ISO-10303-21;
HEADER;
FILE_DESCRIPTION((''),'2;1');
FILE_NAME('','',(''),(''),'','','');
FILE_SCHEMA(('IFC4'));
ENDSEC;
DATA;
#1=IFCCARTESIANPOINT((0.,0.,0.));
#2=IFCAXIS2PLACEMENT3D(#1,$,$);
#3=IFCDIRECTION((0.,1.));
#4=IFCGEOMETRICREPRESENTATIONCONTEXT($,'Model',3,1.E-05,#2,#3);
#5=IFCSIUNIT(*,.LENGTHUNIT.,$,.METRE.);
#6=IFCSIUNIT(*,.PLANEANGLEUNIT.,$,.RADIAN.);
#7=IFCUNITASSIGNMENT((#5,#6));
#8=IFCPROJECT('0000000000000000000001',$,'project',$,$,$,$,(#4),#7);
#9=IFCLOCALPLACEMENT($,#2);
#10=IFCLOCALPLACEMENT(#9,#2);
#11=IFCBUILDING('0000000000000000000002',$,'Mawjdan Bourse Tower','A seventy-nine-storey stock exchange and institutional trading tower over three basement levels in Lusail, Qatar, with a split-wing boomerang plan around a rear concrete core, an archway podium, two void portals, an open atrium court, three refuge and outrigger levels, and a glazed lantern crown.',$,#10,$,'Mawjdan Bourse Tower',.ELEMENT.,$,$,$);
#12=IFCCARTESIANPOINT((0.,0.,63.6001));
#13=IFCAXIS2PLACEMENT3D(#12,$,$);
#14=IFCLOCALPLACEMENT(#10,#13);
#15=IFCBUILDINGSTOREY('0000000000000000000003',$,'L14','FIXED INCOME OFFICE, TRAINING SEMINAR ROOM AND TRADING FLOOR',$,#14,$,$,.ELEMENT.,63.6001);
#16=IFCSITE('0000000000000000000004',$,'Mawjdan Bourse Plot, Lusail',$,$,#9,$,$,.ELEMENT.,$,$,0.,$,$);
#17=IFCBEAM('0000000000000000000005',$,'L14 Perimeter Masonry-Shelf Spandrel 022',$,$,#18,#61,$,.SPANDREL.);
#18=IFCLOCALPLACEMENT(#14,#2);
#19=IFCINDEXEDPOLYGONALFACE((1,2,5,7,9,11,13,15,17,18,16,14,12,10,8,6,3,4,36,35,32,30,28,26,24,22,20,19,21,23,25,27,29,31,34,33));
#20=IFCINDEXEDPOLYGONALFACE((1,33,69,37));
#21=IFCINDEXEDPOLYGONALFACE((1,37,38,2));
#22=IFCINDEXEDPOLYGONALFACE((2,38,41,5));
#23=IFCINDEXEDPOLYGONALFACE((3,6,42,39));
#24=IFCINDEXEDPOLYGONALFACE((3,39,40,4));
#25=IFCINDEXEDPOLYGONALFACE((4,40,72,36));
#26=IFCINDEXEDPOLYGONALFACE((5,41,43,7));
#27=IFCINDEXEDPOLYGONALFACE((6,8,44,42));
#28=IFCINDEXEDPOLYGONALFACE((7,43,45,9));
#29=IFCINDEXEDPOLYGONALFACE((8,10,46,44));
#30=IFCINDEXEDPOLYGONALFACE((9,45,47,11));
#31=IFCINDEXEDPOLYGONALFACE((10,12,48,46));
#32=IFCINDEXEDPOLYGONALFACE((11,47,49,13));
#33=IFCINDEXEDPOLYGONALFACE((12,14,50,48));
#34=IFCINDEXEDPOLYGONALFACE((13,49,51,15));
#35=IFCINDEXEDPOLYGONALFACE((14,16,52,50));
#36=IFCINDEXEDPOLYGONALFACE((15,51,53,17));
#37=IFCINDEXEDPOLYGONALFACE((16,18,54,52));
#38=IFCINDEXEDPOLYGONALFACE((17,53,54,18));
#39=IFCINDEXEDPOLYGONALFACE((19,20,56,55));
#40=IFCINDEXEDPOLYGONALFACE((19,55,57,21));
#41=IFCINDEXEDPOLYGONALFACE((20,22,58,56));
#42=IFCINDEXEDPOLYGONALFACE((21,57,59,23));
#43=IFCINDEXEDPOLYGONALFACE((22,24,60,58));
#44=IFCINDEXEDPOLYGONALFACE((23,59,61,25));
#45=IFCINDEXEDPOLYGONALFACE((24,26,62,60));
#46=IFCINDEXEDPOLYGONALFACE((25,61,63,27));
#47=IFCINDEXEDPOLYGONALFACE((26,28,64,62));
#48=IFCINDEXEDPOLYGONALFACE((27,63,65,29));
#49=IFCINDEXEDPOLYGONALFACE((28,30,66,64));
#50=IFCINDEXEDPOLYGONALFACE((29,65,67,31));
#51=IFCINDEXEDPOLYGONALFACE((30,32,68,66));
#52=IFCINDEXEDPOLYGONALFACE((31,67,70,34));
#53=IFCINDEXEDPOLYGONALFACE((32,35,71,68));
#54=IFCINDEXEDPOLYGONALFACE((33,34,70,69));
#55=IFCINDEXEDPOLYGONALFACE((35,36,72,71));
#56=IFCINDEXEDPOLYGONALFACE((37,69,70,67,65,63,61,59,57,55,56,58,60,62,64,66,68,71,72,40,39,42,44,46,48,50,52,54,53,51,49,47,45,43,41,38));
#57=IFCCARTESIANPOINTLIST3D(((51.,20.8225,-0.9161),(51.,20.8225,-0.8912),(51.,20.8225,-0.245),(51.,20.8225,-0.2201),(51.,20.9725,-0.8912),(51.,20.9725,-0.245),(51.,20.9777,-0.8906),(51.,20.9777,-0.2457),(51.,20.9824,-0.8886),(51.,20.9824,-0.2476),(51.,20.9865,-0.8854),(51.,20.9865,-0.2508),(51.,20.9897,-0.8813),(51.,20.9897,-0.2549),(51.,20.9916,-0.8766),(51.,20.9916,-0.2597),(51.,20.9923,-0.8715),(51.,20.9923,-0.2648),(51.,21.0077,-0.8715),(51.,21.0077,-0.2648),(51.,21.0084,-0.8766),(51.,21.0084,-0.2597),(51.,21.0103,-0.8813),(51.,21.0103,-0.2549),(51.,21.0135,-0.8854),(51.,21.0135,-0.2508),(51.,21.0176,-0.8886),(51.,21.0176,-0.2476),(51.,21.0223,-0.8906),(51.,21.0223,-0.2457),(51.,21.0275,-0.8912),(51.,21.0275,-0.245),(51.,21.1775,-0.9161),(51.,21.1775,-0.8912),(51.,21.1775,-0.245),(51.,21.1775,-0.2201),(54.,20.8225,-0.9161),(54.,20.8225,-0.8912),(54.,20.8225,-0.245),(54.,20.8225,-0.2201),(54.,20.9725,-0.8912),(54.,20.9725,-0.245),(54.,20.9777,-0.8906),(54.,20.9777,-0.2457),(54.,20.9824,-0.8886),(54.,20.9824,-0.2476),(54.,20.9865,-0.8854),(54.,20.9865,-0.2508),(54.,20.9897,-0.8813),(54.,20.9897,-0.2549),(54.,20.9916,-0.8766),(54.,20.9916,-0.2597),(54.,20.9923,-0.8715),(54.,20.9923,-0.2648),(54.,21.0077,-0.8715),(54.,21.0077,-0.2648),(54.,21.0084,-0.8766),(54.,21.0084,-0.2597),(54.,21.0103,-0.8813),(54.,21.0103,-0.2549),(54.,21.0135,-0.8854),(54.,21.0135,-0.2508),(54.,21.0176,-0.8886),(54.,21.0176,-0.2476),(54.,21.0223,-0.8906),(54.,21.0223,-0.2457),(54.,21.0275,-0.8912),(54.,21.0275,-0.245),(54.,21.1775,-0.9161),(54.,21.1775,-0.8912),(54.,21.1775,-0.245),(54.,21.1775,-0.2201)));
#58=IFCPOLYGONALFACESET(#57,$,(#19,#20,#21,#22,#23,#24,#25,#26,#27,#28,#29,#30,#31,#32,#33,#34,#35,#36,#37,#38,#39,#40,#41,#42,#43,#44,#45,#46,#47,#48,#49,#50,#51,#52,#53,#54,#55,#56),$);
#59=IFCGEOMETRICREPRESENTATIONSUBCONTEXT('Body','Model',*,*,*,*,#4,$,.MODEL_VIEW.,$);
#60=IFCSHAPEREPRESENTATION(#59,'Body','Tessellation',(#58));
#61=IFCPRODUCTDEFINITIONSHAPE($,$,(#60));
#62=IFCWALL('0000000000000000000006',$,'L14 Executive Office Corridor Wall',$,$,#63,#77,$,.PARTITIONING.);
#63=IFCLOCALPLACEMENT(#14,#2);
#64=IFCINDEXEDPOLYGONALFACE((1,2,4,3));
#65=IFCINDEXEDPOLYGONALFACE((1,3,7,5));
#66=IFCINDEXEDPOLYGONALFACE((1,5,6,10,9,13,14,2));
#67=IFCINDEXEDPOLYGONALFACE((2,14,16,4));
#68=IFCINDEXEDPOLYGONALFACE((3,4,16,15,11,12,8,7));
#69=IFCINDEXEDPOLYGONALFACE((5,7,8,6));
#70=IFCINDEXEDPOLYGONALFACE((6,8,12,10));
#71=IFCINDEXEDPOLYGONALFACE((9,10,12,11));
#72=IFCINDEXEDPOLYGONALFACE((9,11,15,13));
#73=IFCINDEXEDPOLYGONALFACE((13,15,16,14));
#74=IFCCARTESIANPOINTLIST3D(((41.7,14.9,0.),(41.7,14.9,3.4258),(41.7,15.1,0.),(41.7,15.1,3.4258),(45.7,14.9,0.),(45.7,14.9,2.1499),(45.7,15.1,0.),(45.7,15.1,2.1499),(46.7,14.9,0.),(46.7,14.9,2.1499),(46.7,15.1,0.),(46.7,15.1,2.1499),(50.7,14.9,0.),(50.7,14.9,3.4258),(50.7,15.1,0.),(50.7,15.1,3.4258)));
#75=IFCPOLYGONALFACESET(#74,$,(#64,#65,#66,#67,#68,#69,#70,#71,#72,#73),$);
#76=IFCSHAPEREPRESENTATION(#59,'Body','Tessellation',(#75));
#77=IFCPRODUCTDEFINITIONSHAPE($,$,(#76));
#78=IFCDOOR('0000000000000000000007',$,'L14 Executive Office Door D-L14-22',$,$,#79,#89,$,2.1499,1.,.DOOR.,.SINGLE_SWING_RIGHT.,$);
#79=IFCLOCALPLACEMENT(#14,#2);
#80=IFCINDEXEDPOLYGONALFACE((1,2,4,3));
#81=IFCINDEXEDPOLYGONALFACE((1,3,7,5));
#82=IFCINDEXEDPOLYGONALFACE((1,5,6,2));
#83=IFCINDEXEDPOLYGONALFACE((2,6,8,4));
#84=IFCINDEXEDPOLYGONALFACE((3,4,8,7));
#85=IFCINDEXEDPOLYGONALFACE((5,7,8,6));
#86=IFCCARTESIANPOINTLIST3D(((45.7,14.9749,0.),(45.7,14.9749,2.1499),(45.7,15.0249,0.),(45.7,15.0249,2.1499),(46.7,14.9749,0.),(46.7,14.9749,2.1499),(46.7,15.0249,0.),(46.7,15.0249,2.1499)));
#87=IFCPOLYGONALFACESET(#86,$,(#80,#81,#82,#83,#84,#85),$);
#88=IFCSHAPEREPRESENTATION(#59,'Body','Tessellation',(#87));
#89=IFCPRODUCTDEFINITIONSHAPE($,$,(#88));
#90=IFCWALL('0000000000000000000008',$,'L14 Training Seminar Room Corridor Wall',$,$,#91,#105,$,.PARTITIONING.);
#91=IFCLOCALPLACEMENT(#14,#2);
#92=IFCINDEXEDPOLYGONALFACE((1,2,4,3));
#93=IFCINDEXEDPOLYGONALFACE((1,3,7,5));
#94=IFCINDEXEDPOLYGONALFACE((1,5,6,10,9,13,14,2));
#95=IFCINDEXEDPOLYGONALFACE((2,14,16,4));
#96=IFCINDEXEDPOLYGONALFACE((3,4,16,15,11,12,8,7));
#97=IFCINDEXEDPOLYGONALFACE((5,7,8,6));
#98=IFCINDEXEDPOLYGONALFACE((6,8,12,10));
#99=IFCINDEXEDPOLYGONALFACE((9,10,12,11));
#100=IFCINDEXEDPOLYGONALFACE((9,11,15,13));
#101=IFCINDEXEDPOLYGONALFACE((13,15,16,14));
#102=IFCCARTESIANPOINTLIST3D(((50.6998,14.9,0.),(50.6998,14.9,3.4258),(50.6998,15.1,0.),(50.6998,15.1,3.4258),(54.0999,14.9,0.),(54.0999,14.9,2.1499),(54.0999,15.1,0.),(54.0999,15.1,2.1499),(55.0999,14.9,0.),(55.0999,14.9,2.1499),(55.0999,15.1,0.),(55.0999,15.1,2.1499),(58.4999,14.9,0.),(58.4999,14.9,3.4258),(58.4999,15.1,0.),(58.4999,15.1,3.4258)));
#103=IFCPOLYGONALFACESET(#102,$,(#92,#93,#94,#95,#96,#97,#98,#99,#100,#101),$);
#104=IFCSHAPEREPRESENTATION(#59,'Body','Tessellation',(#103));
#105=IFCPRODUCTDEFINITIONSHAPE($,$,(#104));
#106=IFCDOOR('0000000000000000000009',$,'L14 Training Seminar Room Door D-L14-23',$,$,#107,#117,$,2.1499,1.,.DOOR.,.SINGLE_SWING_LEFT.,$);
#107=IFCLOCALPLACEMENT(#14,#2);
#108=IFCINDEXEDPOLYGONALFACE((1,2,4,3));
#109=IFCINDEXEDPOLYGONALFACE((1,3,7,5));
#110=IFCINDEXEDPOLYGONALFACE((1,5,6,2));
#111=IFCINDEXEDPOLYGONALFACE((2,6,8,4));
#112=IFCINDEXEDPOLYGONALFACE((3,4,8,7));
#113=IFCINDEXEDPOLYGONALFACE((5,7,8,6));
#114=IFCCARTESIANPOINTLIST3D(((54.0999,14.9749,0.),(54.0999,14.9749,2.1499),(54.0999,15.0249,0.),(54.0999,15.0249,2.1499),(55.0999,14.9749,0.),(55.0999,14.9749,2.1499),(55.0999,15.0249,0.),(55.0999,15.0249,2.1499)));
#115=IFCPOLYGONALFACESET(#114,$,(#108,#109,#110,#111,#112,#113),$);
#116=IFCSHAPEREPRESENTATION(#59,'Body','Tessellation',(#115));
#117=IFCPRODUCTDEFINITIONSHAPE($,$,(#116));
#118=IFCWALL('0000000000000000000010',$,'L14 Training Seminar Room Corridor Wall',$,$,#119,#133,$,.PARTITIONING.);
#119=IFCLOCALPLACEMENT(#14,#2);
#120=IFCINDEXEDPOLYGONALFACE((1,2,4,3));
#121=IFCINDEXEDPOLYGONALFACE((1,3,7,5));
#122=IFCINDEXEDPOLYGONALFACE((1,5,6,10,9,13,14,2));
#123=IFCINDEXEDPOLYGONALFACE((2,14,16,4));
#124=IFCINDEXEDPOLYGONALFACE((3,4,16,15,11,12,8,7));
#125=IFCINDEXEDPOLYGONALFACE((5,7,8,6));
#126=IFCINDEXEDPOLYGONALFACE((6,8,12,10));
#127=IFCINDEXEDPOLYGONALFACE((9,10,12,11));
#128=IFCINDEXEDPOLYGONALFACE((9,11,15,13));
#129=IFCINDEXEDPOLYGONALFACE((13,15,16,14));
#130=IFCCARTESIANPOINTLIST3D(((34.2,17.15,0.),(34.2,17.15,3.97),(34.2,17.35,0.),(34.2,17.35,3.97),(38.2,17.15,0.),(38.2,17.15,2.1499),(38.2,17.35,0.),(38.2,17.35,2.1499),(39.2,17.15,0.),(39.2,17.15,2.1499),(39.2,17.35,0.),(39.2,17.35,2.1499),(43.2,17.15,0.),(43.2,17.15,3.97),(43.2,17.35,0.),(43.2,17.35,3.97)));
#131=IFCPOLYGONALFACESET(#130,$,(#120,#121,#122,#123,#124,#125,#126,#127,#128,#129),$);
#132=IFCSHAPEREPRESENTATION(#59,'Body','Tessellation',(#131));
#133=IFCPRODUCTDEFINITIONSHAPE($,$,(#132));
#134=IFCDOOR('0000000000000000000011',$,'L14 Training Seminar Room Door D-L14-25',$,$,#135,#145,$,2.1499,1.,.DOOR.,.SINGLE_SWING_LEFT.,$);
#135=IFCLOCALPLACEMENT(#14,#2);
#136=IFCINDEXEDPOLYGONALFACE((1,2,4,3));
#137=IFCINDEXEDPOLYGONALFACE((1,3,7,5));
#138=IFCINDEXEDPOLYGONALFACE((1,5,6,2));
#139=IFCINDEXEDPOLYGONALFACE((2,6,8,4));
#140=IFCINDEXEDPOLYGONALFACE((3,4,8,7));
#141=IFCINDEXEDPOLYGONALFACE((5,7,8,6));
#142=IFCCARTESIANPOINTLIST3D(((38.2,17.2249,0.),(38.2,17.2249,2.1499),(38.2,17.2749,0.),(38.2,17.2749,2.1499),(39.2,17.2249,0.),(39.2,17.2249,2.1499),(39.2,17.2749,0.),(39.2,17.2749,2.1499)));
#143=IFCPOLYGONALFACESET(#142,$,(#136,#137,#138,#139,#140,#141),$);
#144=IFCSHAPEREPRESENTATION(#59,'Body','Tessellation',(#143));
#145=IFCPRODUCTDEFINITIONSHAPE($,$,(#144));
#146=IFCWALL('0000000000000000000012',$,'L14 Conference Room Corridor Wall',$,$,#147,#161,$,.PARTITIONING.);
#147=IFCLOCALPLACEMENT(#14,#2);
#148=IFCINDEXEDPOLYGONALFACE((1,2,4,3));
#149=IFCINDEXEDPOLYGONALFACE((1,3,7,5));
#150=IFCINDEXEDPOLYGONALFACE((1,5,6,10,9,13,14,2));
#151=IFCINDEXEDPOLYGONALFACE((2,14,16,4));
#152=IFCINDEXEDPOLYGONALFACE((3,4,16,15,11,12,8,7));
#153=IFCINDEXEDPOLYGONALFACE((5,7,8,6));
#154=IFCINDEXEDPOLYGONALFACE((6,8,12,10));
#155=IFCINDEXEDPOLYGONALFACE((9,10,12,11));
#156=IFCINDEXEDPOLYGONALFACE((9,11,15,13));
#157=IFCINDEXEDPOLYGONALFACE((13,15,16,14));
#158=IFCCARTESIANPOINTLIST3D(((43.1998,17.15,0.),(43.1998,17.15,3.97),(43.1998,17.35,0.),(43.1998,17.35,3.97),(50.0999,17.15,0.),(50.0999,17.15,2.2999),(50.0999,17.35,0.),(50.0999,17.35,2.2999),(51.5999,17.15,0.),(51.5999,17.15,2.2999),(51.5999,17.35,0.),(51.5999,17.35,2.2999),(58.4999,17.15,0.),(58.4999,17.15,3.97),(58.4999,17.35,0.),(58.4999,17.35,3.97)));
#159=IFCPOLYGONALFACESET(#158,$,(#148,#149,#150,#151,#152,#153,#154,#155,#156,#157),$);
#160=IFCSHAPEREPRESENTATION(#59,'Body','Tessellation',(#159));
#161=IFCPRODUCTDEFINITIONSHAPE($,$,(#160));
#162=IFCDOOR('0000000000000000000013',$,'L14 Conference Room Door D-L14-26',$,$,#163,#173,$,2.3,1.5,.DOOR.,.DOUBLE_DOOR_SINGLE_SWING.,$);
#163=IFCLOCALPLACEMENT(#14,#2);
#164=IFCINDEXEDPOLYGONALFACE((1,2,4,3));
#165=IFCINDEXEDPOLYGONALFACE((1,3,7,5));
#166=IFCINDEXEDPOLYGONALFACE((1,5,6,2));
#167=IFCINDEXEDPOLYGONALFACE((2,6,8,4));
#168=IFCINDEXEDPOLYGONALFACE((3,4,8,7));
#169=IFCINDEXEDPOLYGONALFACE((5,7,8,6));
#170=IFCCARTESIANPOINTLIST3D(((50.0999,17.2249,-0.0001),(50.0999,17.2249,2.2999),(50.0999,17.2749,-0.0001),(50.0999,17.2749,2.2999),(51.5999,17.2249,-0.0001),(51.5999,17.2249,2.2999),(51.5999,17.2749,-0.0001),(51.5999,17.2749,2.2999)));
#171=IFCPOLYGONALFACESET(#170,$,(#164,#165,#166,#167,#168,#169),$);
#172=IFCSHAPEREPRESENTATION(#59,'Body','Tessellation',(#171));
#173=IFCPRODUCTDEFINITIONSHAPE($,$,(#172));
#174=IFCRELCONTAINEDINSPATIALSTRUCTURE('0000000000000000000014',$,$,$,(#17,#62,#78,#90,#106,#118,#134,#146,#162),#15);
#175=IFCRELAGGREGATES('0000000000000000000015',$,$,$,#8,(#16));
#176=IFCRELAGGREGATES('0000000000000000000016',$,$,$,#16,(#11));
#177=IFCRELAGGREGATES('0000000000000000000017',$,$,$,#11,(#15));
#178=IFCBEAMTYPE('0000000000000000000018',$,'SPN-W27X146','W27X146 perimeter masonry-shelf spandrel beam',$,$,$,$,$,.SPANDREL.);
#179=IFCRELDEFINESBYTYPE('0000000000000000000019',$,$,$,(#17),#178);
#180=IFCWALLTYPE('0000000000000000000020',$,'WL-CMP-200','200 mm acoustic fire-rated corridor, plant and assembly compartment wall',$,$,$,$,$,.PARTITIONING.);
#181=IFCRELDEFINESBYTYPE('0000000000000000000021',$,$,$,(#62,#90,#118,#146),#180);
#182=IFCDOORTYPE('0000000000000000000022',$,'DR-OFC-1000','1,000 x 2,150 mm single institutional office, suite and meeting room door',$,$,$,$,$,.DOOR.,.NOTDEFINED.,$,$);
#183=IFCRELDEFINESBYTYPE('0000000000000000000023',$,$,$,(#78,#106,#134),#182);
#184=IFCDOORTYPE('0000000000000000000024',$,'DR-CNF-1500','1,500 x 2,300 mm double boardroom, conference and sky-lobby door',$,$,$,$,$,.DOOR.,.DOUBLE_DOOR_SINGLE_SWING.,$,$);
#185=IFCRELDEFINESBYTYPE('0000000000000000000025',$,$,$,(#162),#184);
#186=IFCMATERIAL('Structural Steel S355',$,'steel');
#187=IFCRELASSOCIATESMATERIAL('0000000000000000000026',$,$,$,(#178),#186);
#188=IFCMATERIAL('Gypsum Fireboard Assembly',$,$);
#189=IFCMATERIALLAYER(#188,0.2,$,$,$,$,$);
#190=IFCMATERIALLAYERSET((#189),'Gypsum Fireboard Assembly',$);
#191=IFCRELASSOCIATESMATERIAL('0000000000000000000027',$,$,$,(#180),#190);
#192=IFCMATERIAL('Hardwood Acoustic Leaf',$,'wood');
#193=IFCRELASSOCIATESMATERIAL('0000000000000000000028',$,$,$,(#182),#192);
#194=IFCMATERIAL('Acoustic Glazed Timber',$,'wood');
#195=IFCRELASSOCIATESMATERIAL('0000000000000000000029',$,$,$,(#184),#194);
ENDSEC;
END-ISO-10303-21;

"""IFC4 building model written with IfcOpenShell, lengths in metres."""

from ifc_helpers import new_model, si_unit, direction, frame, frame_2d, origin, origin_2d, place, context, subcontext, project, spatial, rectangle, i_section, extrude, material, layer, layer_set, material_profile, profile_set, type_object, element, fill, save


model = new_model("IFC4")

# Units and contexts
model_context = context("Model", 3, precision=1e-05, world=origin(), true_north=direction((0.0, 1.0)))
body_context = subcontext(model_context, "Body", "Model", "MODEL_VIEW")
ifc_project = project(units=[si_unit("LENGTHUNIT", "METRE"), si_unit("PLANEANGLEUNIT", "RADIAN")], contexts=[model_context])

# Site, building, storey
site_placement = place(None, origin())
site = spatial("IfcSite", under=ifc_project, at=site_placement, Name="Mawjdan Bourse Plot, Lusail", CompositionType="ELEMENT", RefElevation=0.0)
building_placement = place(site_placement, origin())
building = spatial("IfcBuilding", under=site, at=building_placement, Name="Mawjdan Bourse Tower", Description="A seventy-nine-storey stock exchange and institutional trading tower over three basement levels in Lusail, Qatar, with a split-wing boomerang plan around a rear concrete core, an archway podium, two void portals, an open atrium court, three refuge and outrigger levels, and a glazed lantern crown.", LongName="Mawjdan Bourse Tower", CompositionType="ELEMENT")
storey_placement = place(building_placement, frame((0.0, 0.0, 63.6001)))
storey = spatial("IfcBuildingStorey", under=building, at=storey_placement, Name="L14", Description="FIXED INCOME OFFICE, TRAINING SEMINAR ROOM AND TRADING FLOOR", CompositionType="ELEMENT", Elevation=63.6001)

# Beam
ifc_material_1 = material(Name="Structural Steel S355", Category="steel")
ifc_material_profile_1 = material_profile(ifc_material_1, i_section(OverallWidth=0.355, OverallDepth=0.696, WebThickness=0.0154, FlangeThickness=0.0249, FilletRadius=0.0198, at=origin_2d()), Name="W27X146")
ifc_profile_set_1 = profile_set([ifc_material_profile_1], Name="Structural Steel S355")
beam_type_1 = type_object("IfcBeamType", Name="SPN-W27X146", Description="W27X146 perimeter masonry-shelf spandrel beam", PredefinedType="SPANDREL", material=ifc_profile_set_1)
for number, where, z_axis, x_axis, name in (
    (1, (51.0, 21.0, -0.5681), (1.0, 0.0, 0.0), (0.0, 1.0, 0.0), "L14 Perimeter Masonry-Shelf Spandrel 022"),
):
    element("IfcBeam", number, at=place(storey_placement, frame(where, z_axis=z_axis, x_axis=x_axis)), inside=storey, type_object=beam_type_1, Name=name, PredefinedType="SPANDREL", context=body_context, shape_type="SweptSolid", body=[
        extrude(i_section(OverallWidth=0.355, OverallDepth=0.696, WebThickness=0.0154, FlangeThickness=0.0249, FilletRadius=0.0198, at=origin_2d()), origin(), (0.0, 0.0, 1.0), 3.0),
    ])

# Walls, openings, doors
ifc_material_2 = material(Name="Gypsum Fireboard Assembly")
ifc_layer_1 = layer(ifc_material_2, 0.2)
ifc_layer_set_1 = layer_set([ifc_layer_1], Name="Gypsum Fireboard Assembly")
wall_type_1 = type_object("IfcWallType", Name="WL-CMP-200", Description="200 mm acoustic fire-rated corridor, plant and assembly compartment wall", PredefinedType="PARTITIONING", material=ifc_layer_set_1)
wall_1_placement = place(storey_placement, frame((41.7, 15.0, 0.0), z_axis=(0.0, 0.0, 1.0), x_axis=(1.0, 0.0, 0.0)))
wall_1 = element("IfcWall", 2, at=wall_1_placement, inside=storey, type_object=wall_type_1, Name="L14 Executive Office Corridor Wall", PredefinedType="PARTITIONING", context=body_context, shape_type="SweptSolid", body=[
    extrude(rectangle(XDim=9.0, YDim=0.2, at=frame_2d((4.5, 0.0))), origin(), (0.0, 0.0, 1.0), 3.4258),
])
opening_1_placement = place(wall_1_placement, frame((4.0, 0.0, 0.0)))
opening_1 = element("IfcOpeningElement", 3, at=opening_1_placement, cuts=wall_1, PredefinedType="OPENING", context=body_context, shape_type="SweptSolid", body=[
    extrude(rectangle(XDim=1.0, YDim=2.1499, at=frame_2d((0.5, 1.075))), frame((0.0, 0.1099, 0.0), z_axis=(0.0, -1.0, 0.0), x_axis=(1.0, 0.0, 0.0)), (0.0, 0.0, 1.0), 0.22),
])
ifc_material_3 = material(Name="Hardwood Acoustic Leaf", Category="wood")
door_type_1 = type_object("IfcDoorType", Name="DR-OFC-1000", Description="1,000 x 2,150 mm single institutional office, suite and meeting room door", OperationType="NOTDEFINED", PredefinedType="DOOR", material=ifc_material_3)
door_1_placement = place(opening_1_placement, origin())
door_1 = element("IfcDoor", 4, at=door_1_placement, inside=storey, type_object=door_type_1, Name="L14 Executive Office Door D-L14-22", OperationType="SINGLE_SWING_RIGHT", OverallHeight=2.1499, OverallWidth=1.0, PredefinedType="DOOR", context=body_context, shape_type="SweptSolid", body=[
    extrude(rectangle(XDim=1.0, YDim=2.1499, at=frame_2d((0.5, 1.075))), frame((0.0, 0.0249, 0.0), z_axis=(0.0, -1.0, 0.0), x_axis=(1.0, 0.0, 0.0)), (0.0, 0.0, 1.0), 0.05),
])
fill(opening_1, door_1)
wall_2_placement = place(storey_placement, frame((50.7, 15.0, 0.0), z_axis=(0.0, 0.0, 1.0), x_axis=(1.0, 0.0, 0.0)))
wall_2 = element("IfcWall", 5, at=wall_2_placement, inside=storey, type_object=wall_type_1, Name="L14 Training Seminar Room Corridor Wall", PredefinedType="PARTITIONING", context=body_context, shape_type="SweptSolid", body=[
    extrude(rectangle(XDim=7.8, YDim=0.2, at=frame_2d((3.8999, 0.0))), origin(), (0.0, 0.0, 1.0), 3.4258),
])
opening_2_placement = place(wall_2_placement, frame((3.3999, 0.0, 0.0)))
opening_2 = element("IfcOpeningElement", 6, at=opening_2_placement, cuts=wall_2, PredefinedType="OPENING", context=body_context, shape_type="SweptSolid", body=[
    extrude(rectangle(XDim=1.0, YDim=2.1499, at=frame_2d((0.5, 1.075))), frame((0.0, 0.1099, 0.0), z_axis=(0.0, -1.0, 0.0), x_axis=(1.0, 0.0, 0.0)), (0.0, 0.0, 1.0), 0.22),
])
door_2_placement = place(opening_2_placement, origin())
door_2 = element("IfcDoor", 7, at=door_2_placement, inside=storey, type_object=door_type_1, Name="L14 Training Seminar Room Door D-L14-23", OperationType="SINGLE_SWING_LEFT", OverallHeight=2.1499, OverallWidth=1.0, PredefinedType="DOOR", context=body_context, shape_type="SweptSolid", body=[
    extrude(rectangle(XDim=1.0, YDim=2.1499, at=frame_2d((0.5, 1.075))), frame((0.0, 0.0249, 0.0), z_axis=(0.0, -1.0, 0.0), x_axis=(1.0, 0.0, 0.0)), (0.0, 0.0, 1.0), 0.05),
])
fill(opening_2, door_2)
wall_3_placement = place(storey_placement, frame((34.2, 17.25, 0.0), z_axis=(0.0, 0.0, 1.0), x_axis=(1.0, 0.0, 0.0)))
wall_3 = element("IfcWall", 8, at=wall_3_placement, inside=storey, type_object=wall_type_1, Name="L14 Training Seminar Room Corridor Wall", PredefinedType="PARTITIONING", context=body_context, shape_type="SweptSolid", body=[
    extrude(rectangle(XDim=9.0, YDim=0.2, at=frame_2d((4.5, 0.0))), origin(), (0.0, 0.0, 1.0), 3.97),
])
opening_3_placement = place(wall_3_placement, frame((4.0, 0.0, 0.0)))
opening_3 = element("IfcOpeningElement", 9, at=opening_3_placement, cuts=wall_3, PredefinedType="OPENING", context=body_context, shape_type="SweptSolid", body=[
    extrude(rectangle(XDim=1.0, YDim=2.1499, at=frame_2d((0.5, 1.075))), frame((0.0, 0.1099, 0.0), z_axis=(0.0, -1.0, 0.0), x_axis=(1.0, 0.0, 0.0)), (0.0, 0.0, 1.0), 0.22),
])
door_3_placement = place(opening_3_placement, origin())
door_3 = element("IfcDoor", 10, at=door_3_placement, inside=storey, type_object=door_type_1, Name="L14 Training Seminar Room Door D-L14-25", OperationType="SINGLE_SWING_LEFT", OverallHeight=2.1499, OverallWidth=1.0, PredefinedType="DOOR", context=body_context, shape_type="SweptSolid", body=[
    extrude(rectangle(XDim=1.0, YDim=2.1499, at=frame_2d((0.5, 1.075))), frame((0.0, 0.0249, 0.0), z_axis=(0.0, -1.0, 0.0), x_axis=(1.0, 0.0, 0.0)), (0.0, 0.0, 1.0), 0.05),
])
fill(opening_3, door_3)
wall_4_placement = place(storey_placement, frame((43.2, 17.25, 0.0), z_axis=(0.0, 0.0, 1.0), x_axis=(1.0, 0.0, 0.0)))
wall_4 = element("IfcWall", 11, at=wall_4_placement, inside=storey, type_object=wall_type_1, Name="L14 Conference Room Corridor Wall", PredefinedType="PARTITIONING", context=body_context, shape_type="SweptSolid", body=[
    extrude(rectangle(XDim=15.3, YDim=0.2, at=frame_2d((7.6499, 0.0))), origin(), (0.0, 0.0, 1.0), 3.97),
])
opening_4_placement = place(wall_4_placement, frame((6.8999, 0.0, 0.0)))
opening_4 = element("IfcOpeningElement", 12, at=opening_4_placement, cuts=wall_4, PredefinedType="OPENING", context=body_context, shape_type="SweptSolid", body=[
    extrude(rectangle(XDim=1.5, YDim=2.3, at=frame_2d((0.75, 1.1499))), frame((0.0, 0.1099, 0.0), z_axis=(0.0, -1.0, 0.0), x_axis=(1.0, 0.0, 0.0)), (0.0, 0.0, 1.0), 0.22),
])
ifc_material_4 = material(Name="Acoustic Glazed Timber", Category="wood")
door_type_2 = type_object("IfcDoorType", Name="DR-CNF-1500", Description="1,500 x 2,300 mm double boardroom, conference and sky-lobby door", OperationType="DOUBLE_DOOR_SINGLE_SWING", PredefinedType="DOOR", material=ifc_material_4)
door_4_placement = place(opening_4_placement, origin())
door_4 = element("IfcDoor", 13, at=door_4_placement, inside=storey, type_object=door_type_2, Name="L14 Conference Room Door D-L14-26", OperationType="DOUBLE_DOOR_SINGLE_SWING", OverallHeight=2.3, OverallWidth=1.5, PredefinedType="DOOR", context=body_context, shape_type="SweptSolid", body=[
    extrude(rectangle(XDim=1.5, YDim=2.3, at=frame_2d((0.75, 1.1499))), frame((0.0, 0.0249, 0.0), z_axis=(0.0, -1.0, 0.0), x_axis=(1.0, 0.0, 0.0)), (0.0, 0.0, 1.0), 0.05),
])
fill(opening_4, door_4)

save(model, "model.ifc")
